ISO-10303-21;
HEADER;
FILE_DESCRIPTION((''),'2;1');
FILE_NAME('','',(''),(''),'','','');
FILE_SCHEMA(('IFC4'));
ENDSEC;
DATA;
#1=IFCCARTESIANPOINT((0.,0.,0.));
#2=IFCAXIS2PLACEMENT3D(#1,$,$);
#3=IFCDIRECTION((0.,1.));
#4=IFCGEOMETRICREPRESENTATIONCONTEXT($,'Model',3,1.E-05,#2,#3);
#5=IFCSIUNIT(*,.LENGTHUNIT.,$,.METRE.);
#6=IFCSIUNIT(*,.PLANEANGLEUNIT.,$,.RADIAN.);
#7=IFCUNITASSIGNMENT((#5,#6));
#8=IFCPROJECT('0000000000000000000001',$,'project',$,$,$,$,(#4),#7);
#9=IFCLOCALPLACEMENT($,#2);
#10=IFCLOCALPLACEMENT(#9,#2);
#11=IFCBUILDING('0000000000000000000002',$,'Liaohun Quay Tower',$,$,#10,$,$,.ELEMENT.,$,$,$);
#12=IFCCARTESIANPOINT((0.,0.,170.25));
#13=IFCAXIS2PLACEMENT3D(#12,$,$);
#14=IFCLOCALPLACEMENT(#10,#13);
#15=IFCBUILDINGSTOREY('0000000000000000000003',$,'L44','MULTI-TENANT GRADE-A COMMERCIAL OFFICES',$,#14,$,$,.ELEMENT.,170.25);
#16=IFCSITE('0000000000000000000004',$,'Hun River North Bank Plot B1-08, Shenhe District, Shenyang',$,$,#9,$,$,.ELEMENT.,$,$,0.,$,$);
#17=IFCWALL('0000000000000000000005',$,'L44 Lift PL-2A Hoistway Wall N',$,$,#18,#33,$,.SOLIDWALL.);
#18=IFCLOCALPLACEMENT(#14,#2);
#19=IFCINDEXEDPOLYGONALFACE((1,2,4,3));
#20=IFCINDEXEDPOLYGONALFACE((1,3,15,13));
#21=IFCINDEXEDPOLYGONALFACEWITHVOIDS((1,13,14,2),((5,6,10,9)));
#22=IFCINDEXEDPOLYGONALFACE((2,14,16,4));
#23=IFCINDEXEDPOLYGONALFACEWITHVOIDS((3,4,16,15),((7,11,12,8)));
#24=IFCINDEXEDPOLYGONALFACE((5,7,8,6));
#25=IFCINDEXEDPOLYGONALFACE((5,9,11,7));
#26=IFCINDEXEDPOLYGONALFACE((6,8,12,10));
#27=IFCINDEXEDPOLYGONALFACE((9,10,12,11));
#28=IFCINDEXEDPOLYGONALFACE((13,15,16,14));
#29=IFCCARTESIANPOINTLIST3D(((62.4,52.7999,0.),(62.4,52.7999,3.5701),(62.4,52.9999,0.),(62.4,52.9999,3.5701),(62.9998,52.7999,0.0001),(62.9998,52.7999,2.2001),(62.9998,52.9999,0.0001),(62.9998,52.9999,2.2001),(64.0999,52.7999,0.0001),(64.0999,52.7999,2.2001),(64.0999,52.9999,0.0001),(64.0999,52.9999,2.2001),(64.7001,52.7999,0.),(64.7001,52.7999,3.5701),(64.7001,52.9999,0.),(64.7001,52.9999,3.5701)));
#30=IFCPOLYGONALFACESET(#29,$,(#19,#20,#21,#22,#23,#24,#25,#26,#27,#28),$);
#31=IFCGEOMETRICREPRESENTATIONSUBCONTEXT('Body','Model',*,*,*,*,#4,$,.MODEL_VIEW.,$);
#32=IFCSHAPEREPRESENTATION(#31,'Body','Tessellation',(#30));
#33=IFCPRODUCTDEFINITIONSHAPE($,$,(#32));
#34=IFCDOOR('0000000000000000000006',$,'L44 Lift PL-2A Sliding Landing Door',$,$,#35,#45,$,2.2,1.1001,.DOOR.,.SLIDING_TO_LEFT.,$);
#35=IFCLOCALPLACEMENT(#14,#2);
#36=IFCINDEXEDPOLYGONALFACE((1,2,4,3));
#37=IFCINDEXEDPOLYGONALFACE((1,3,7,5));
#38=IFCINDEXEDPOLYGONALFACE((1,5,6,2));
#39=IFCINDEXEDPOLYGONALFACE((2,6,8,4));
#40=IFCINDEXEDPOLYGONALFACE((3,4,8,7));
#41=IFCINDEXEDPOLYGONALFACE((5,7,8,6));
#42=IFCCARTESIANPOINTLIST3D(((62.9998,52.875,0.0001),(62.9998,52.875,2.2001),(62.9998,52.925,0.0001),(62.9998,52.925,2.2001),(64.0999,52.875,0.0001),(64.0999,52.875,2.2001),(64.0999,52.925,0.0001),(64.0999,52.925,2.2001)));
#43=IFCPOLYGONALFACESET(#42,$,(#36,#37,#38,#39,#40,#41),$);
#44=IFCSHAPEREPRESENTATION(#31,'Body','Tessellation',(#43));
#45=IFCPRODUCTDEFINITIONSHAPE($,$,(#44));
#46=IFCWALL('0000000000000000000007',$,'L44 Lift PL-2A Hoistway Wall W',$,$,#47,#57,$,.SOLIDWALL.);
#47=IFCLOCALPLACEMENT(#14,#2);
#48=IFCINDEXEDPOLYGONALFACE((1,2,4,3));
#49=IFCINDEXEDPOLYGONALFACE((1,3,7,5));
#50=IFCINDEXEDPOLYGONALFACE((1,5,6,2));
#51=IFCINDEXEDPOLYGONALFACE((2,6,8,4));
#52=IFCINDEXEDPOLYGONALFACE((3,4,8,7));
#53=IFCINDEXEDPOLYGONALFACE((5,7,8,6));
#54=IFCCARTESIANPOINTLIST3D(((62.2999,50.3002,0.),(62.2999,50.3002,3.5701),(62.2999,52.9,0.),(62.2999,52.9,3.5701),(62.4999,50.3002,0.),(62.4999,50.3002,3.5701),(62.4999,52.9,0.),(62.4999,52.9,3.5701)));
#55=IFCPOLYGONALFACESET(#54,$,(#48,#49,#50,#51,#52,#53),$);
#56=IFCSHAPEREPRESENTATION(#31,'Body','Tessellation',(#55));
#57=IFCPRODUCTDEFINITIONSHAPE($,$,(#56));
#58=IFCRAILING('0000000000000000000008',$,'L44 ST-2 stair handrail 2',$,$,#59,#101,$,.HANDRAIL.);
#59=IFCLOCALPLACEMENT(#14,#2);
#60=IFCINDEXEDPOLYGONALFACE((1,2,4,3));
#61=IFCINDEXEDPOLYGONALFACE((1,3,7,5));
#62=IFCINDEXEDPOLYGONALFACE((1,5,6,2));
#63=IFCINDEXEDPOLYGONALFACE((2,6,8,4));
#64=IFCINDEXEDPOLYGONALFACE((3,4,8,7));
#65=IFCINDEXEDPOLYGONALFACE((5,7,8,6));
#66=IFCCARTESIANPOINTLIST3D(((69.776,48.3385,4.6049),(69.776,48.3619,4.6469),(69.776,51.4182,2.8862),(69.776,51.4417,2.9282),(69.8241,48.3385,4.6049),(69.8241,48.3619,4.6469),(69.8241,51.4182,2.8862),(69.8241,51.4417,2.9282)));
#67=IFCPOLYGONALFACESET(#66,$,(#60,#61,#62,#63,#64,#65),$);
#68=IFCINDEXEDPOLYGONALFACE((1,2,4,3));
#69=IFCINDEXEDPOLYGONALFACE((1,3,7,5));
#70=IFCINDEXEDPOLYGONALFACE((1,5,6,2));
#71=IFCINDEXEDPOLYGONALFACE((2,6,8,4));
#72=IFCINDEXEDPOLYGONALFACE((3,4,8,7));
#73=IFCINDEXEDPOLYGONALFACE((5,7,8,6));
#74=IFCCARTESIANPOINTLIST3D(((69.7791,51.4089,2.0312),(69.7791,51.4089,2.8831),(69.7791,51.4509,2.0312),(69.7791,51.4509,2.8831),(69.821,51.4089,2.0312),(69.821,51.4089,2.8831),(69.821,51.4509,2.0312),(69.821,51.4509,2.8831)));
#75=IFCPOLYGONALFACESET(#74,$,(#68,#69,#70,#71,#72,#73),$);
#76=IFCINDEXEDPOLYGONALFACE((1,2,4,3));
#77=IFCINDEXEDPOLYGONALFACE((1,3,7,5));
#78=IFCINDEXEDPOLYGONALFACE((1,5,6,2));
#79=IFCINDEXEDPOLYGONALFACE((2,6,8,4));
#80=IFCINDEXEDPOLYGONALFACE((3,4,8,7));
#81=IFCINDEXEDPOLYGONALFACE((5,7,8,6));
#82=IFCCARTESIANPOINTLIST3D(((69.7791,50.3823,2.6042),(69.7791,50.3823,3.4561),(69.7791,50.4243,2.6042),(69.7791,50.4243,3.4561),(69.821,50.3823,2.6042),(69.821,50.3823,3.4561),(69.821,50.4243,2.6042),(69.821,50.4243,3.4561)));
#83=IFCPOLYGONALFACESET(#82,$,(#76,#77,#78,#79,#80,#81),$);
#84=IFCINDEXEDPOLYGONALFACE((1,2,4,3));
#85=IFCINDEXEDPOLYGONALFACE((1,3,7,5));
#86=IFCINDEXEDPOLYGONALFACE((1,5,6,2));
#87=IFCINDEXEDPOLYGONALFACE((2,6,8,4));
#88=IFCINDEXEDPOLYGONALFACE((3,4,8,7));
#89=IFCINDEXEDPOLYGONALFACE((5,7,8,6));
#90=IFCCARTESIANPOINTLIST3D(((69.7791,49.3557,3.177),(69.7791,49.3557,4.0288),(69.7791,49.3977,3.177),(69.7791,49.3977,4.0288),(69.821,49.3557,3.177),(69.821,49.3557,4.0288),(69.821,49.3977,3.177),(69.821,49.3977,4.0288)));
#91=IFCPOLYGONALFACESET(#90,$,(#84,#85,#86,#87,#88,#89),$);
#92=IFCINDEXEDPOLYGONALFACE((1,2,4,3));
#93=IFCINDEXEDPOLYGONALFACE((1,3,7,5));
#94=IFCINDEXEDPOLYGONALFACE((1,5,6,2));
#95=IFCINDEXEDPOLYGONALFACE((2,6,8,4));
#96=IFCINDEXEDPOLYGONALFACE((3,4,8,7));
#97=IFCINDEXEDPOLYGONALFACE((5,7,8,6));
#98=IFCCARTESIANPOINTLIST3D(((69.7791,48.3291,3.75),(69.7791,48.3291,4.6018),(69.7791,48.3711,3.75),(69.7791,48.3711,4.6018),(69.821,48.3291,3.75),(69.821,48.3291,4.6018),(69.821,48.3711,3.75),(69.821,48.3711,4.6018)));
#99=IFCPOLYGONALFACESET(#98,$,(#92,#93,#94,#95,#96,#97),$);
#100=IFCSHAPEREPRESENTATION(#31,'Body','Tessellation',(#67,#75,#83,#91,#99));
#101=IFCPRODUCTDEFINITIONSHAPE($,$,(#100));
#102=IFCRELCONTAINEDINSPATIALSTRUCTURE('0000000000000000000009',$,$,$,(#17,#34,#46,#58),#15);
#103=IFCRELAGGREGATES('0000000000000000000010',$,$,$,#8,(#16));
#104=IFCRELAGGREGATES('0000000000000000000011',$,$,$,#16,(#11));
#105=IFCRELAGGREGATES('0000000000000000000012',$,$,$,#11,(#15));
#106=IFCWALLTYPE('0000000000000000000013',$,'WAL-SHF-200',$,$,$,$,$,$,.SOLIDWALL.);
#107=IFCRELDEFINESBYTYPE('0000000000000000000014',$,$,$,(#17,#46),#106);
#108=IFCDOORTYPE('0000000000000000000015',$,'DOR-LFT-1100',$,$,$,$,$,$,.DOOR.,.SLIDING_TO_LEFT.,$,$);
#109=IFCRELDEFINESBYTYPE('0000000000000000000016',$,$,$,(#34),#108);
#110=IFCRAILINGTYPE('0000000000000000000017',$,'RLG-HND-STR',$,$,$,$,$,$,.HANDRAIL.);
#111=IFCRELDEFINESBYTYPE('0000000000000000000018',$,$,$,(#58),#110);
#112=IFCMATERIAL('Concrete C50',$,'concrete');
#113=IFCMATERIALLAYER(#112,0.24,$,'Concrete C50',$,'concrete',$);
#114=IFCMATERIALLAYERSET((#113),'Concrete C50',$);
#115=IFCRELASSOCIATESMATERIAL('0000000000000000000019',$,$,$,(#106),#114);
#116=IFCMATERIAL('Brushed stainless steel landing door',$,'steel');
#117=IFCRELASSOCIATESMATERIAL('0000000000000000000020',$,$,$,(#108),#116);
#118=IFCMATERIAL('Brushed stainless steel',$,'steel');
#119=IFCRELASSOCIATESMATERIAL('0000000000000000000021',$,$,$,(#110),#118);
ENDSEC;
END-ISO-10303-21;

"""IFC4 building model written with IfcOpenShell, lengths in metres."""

from ifc_helpers import new_model, si_unit, direction, frame, frame_2d, origin, origin_2d, place, context, subcontext, project, spatial, rectangle, extrude, source, transform, mapped, material, layer, layer_set, type_object, element, fill, save


model = new_model("IFC4")

# Units and contexts
model_context = context("Model", 3, precision=1e-05, world=origin(), true_north=direction((0.0, 1.0)))
body_context = subcontext(model_context, "Body", "Model", "MODEL_VIEW")
ifc_project = project(units=[si_unit("LENGTHUNIT", "METRE"), si_unit("PLANEANGLEUNIT", "RADIAN")], contexts=[model_context])

# Site, building, storey
site_placement = place(None, origin())
site = spatial("IfcSite", under=ifc_project, at=site_placement, Name="Hun River North Bank Plot B1-08, Shenhe District, Shenyang", CompositionType="ELEMENT", RefElevation=0.0)
building_placement = place(site_placement, origin())
building = spatial("IfcBuilding", under=site, at=building_placement, Name="Liaohun Quay Tower", CompositionType="ELEMENT")
storey_placement = place(building_placement, frame((0.0, 0.0, 170.25)))
storey = spatial("IfcBuildingStorey", under=building, at=storey_placement, Name="L44", Description="MULTI-TENANT GRADE-A COMMERCIAL OFFICES", CompositionType="ELEMENT", Elevation=170.25)

# Shared definitions
ifc_material_1 = material(Name="Concrete C50", Category="concrete")
ifc_layer_1 = layer(ifc_material_1, 0.24, Name="Concrete C50", Category="concrete")
ifc_layer_set_1 = layer_set([ifc_layer_1], Name="Concrete C50")
wall_type_1 = type_object("IfcWallType", Name="WAL-SHF-200", PredefinedType="SOLIDWALL", material=ifc_layer_set_1)

# Wall, opening, door
wall_1_placement = place(storey_placement, frame((64.7, 52.8999, 0.0), z_axis=(0.0, 0.0, 1.0), x_axis=(-1.0, 0.0, 0.0)))
wall_1 = element("IfcWall", 1, at=wall_1_placement, inside=storey, type_object=wall_type_1, Name="L44 Lift PL-2A Hoistway Wall N", PredefinedType="SOLIDWALL", context=body_context, shape_type="SweptSolid", body=[
    extrude(rectangle(XDim=2.3, YDim=0.2, at=frame_2d((1.1499, 0.0))), origin(), (0.0, 0.0, 1.0), 3.5701),
])
shared_shape_1 = source(origin(), body_context, "Body", "SweptSolid", [
    extrude(rectangle(XDim=1.1001, YDim=2.2, at=frame_2d((0.55, 1.1001))), frame((0.0, 0.1099, 0.0), z_axis=(0.0, -1.0, 0.0), x_axis=(1.0, 0.0, 0.0)), (0.0, 0.0, 1.0), 0.22),
])
opening_1_placement = place(wall_1_placement, frame((0.6001, 0.0, 0.0)))
opening_1 = element("IfcOpeningElement", 2, at=opening_1_placement, cuts=wall_1, PredefinedType="OPENING", context=body_context, shape_type="MappedRepresentation", body=[
    mapped(shared_shape_1, transform((0.0, 0.0, 0.0), x_axis=(1.0, 0.0, 0.0), y_axis=(0.0, 1.0, 0.0), z_axis=(0.0, 0.0, 1.0), scale=1.0)),
])
ifc_material_2 = material(Name="Brushed stainless steel landing door", Category="steel")
door_type_1 = type_object("IfcDoorType", Name="DOR-LFT-1100", OperationType="SLIDING_TO_LEFT", PredefinedType="DOOR", material=ifc_material_2)
shared_shape_2 = source(origin(), body_context, "Body", "SweptSolid", [
    extrude(rectangle(XDim=1.1001, YDim=2.2, at=frame_2d((0.55, 1.1001))), frame((0.0, 0.0249, 0.0), z_axis=(0.0, -1.0, 0.0), x_axis=(1.0, 0.0, 0.0)), (0.0, 0.0, 1.0), 0.05),
])
door_1_placement = place(opening_1_placement, origin())
door_1 = element("IfcDoor", 3, at=door_1_placement, inside=storey, type_object=door_type_1, Name="L44 Lift PL-2A Sliding Landing Door", OperationType="SLIDING_TO_LEFT", OverallHeight=2.2, OverallWidth=1.1001, PredefinedType="DOOR", context=body_context, shape_type="MappedRepresentation", body=[
    mapped(shared_shape_2, transform((0.0, 0.0, 0.0), x_axis=(1.0, 0.0, 0.0), y_axis=(0.0, 1.0, 0.0), z_axis=(0.0, 0.0, 1.0), scale=1.0)),
])
fill(opening_1, door_1)

# Wall
wall_2_placement = place(storey_placement, frame((62.3999, 52.8999, 0.0), z_axis=(0.0, 0.0, 1.0), x_axis=(0.0, -1.0, 0.0)))
element("IfcWall", 4, at=wall_2_placement, inside=storey, type_object=wall_type_1, Name="L44 Lift PL-2A Hoistway Wall W", PredefinedType="SOLIDWALL", context=body_context, shape_type="SweptSolid", body=[
    extrude(rectangle(XDim=2.5999, YDim=0.2, at=frame_2d((1.2998, 0.0))), origin(), (0.0, 0.0, 1.0), 3.5701),
])

# Railing
ifc_material_3 = material(Name="Brushed stainless steel", Category="steel")
railing_type = type_object("IfcRailingType", Name="RLG-HND-STR", PredefinedType="HANDRAIL", material=ifc_material_3)
railing_placement = place(storey_placement, frame((69.8, 51.4299, 2.0312)))
element("IfcRailing", 5, at=railing_placement, inside=storey, type_object=railing_type, Name="L44 ST-2 stair handrail 2", PredefinedType="HANDRAIL", context=body_context, shape_type="SweptSolid", body=[
    extrude(rectangle(XDim=0.0481, YDim=0.0481, at=origin_2d()), frame((0.0, 0.0, 0.876), z_axis=(0.0, -0.873225, 0.487317), x_axis=(1.0, 0.0, 0.0)), (0.0, 0.0, 1.0), 3.5269),
    extrude(rectangle(XDim=0.042, YDim=0.042, at=origin_2d()), origin(), (0.0, 0.0, 1.0), 0.8518),
    extrude(rectangle(XDim=0.042, YDim=0.042, at=origin_2d()), frame((0.0, -1.0266, 0.573)), (0.0, 0.0, 1.0), 0.8518),
    extrude(rectangle(XDim=0.042, YDim=0.042, at=origin_2d()), frame((0.0, -2.0532, 1.1458)), (0.0, 0.0, 1.0), 0.8518),
    extrude(rectangle(XDim=0.042, YDim=0.042, at=origin_2d()), frame((0.0, -3.0798, 1.7188)), (0.0, 0.0, 1.0), 0.8518),
])

save(model, "model.ifc")
